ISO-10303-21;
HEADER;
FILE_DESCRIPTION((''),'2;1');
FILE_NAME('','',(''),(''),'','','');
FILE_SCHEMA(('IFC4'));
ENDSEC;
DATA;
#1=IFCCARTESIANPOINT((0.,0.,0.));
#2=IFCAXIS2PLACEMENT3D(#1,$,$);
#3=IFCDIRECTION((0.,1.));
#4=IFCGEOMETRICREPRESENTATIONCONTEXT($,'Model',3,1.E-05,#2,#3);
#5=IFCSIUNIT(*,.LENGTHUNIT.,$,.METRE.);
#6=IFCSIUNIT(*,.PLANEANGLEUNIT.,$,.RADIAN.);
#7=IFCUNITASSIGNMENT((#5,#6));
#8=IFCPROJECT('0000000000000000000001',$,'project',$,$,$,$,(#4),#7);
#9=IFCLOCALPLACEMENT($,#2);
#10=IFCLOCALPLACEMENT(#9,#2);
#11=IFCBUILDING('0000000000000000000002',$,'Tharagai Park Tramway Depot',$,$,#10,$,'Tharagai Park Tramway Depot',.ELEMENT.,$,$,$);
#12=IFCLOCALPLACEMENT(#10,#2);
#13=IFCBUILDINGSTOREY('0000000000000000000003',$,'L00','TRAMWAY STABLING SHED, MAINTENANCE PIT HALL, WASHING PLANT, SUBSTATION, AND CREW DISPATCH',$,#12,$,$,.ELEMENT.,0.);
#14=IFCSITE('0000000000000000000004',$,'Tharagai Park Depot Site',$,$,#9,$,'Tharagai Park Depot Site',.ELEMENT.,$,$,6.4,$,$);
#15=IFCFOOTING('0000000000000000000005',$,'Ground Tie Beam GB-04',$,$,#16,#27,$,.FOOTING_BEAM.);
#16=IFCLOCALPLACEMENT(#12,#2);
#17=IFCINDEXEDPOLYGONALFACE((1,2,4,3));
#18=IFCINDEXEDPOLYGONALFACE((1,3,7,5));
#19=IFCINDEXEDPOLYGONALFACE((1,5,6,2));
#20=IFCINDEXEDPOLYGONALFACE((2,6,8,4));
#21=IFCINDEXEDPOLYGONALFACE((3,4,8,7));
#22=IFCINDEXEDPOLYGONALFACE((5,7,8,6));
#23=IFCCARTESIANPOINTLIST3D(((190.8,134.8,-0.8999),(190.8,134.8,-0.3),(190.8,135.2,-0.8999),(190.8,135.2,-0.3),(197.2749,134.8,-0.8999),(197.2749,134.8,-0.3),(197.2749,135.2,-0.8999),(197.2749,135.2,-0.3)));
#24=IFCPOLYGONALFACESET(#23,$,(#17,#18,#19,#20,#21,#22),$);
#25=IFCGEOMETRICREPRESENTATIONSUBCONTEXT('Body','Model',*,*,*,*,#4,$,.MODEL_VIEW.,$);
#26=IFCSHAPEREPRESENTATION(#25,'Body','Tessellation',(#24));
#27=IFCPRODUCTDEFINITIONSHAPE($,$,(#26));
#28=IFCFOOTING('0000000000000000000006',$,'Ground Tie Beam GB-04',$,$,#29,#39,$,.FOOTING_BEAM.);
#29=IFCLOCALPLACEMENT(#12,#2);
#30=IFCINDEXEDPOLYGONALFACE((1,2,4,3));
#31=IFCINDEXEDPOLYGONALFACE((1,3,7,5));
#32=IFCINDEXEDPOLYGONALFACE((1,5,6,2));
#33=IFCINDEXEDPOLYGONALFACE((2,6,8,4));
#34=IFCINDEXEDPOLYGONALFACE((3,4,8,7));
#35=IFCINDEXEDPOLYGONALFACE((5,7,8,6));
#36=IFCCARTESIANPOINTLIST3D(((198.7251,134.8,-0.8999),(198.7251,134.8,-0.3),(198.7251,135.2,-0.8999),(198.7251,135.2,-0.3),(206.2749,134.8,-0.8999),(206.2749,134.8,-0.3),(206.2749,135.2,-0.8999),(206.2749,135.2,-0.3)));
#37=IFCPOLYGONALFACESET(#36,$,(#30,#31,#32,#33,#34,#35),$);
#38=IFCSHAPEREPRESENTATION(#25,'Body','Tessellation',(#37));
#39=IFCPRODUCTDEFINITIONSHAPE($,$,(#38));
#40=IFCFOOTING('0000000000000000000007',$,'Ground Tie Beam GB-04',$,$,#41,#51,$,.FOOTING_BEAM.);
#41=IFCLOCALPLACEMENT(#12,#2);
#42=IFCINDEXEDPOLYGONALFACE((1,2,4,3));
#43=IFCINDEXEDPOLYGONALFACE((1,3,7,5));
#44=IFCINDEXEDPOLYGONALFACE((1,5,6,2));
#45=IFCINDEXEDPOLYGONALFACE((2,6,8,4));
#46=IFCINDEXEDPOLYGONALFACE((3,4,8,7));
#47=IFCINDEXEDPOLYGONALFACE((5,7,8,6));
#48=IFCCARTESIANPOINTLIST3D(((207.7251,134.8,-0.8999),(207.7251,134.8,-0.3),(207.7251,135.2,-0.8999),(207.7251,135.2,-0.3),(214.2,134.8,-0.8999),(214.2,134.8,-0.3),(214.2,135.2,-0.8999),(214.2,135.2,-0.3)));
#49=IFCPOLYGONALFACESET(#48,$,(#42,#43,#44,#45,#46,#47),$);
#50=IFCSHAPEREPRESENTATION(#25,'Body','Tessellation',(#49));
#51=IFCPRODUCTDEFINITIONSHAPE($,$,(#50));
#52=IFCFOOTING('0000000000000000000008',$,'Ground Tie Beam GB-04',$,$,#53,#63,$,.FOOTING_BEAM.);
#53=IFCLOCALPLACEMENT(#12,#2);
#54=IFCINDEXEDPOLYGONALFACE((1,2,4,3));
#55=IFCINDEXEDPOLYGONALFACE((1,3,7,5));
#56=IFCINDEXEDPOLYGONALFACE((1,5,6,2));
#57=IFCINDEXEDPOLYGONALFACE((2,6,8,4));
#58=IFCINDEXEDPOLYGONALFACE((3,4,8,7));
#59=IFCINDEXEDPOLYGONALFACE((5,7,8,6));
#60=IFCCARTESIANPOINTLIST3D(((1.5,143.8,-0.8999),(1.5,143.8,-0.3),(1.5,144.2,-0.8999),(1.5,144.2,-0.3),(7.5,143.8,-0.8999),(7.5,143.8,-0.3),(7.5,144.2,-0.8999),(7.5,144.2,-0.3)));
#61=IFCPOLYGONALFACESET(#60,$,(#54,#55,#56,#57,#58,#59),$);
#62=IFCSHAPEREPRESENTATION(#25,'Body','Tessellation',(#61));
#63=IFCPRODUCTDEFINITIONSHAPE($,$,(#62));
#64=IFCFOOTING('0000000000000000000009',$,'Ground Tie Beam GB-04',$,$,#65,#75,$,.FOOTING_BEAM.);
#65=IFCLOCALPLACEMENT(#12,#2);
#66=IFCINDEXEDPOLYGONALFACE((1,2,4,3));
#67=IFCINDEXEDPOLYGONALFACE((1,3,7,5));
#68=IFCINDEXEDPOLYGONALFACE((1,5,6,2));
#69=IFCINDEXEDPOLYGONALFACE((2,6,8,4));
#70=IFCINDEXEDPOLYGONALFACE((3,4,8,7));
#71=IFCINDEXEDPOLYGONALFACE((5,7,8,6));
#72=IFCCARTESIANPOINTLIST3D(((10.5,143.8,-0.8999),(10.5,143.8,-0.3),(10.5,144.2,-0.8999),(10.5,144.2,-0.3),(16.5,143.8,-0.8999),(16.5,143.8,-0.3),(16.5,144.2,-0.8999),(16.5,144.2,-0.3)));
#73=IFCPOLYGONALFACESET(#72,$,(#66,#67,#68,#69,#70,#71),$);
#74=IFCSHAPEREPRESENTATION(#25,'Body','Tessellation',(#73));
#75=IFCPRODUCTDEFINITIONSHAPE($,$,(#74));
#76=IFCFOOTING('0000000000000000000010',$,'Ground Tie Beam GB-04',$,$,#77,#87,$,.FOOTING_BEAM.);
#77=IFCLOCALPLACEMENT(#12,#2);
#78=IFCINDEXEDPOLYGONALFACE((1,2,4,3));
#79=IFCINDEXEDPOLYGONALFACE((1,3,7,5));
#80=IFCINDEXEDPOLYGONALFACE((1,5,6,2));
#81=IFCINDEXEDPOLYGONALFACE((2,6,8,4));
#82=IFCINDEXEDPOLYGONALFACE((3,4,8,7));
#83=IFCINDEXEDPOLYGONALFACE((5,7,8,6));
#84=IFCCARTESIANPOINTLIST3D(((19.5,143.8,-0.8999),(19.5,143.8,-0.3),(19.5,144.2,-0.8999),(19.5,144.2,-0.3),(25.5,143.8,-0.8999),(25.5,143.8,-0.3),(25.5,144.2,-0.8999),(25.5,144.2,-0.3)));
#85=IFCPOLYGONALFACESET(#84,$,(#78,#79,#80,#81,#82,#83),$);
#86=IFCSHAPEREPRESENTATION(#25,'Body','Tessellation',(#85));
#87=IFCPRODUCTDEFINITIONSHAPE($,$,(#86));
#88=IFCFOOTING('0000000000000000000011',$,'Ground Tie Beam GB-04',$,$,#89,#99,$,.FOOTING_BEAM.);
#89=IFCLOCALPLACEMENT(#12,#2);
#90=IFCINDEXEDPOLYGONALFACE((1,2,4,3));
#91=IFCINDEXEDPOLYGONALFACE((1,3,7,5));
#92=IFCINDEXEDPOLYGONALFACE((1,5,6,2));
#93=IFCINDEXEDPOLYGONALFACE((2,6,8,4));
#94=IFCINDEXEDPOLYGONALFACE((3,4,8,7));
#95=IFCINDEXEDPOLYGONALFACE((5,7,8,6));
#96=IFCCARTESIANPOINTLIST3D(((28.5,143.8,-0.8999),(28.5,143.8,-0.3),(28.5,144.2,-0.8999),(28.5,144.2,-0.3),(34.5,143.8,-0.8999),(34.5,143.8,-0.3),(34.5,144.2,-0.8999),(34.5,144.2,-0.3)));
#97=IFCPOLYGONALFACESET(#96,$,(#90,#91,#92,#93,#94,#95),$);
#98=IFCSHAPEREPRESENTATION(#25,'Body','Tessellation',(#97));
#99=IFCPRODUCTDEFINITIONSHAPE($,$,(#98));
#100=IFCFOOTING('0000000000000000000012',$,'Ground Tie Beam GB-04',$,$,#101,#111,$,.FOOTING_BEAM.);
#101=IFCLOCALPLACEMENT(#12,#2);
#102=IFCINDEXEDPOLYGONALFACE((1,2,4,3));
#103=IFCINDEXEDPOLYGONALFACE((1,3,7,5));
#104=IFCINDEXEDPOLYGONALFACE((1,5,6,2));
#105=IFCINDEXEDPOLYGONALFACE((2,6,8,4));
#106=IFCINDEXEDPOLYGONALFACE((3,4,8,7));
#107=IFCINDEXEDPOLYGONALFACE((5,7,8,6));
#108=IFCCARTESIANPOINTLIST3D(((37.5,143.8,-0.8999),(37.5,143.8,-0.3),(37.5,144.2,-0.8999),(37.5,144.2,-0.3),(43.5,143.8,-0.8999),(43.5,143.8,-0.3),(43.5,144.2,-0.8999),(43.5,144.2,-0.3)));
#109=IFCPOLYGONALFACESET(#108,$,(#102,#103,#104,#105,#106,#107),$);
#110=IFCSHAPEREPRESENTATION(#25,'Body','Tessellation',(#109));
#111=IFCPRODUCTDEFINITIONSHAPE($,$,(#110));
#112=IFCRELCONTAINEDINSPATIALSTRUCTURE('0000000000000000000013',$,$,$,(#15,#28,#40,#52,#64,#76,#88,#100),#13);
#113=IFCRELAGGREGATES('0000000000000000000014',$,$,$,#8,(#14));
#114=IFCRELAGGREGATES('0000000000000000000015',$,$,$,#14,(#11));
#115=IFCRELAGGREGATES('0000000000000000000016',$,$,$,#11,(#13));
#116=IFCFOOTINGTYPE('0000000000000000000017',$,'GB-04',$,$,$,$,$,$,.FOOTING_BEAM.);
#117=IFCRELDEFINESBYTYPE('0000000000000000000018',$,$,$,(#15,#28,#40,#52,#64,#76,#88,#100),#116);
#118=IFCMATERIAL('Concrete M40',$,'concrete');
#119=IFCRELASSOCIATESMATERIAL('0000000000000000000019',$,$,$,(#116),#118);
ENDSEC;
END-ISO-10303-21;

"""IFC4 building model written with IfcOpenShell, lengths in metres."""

from ifc_helpers import new_model, si_unit, direction, frame, origin, place, context, subcontext, project, spatial, polyline, outline, extrude, material, type_object, element, save


model = new_model("IFC4")

# Units and contexts
model_context = context("Model", 3, precision=1e-05, world=origin(), true_north=direction((0.0, 1.0)))
body_context = subcontext(model_context, "Body", "Model", "MODEL_VIEW")
ifc_project = project(units=[si_unit("LENGTHUNIT", "METRE"), si_unit("PLANEANGLEUNIT", "RADIAN")], contexts=[model_context])

# Site, building, storey
site_placement = place(None, origin())
site = spatial("IfcSite", under=ifc_project, at=site_placement, Name="Tharagai Park Depot Site", LongName="Tharagai Park Depot Site", CompositionType="ELEMENT", RefElevation=6.4)
building_placement = place(site_placement, origin())
building = spatial("IfcBuilding", under=site, at=building_placement, Name="Tharagai Park Tramway Depot", LongName="Tharagai Park Tramway Depot", CompositionType="ELEMENT")
storey_placement = place(building_placement, origin())
storey = spatial("IfcBuildingStorey", under=building, at=storey_placement, Name="L00", Description="TRAMWAY STABLING SHED, MAINTENANCE PIT HALL, WASHING PLANT, SUBSTATION, AND CREW DISPATCH", CompositionType="ELEMENT", Elevation=0.0)

# Footings
ifc_material = material(Name="Concrete M40", Category="concrete")
footing_type_1 = type_object("IfcFootingType", Name="GB-04", PredefinedType="FOOTING_BEAM", material=ifc_material)
footing_1_placement = place(storey_placement, frame((0.0, 0.0, -0.8999)))
element("IfcFooting", 1, at=footing_1_placement, inside=storey, type_object=footing_type_1, Name="Ground Tie Beam GB-04", PredefinedType="FOOTING_BEAM", context=body_context, shape_type="SweptSolid", body=[
    extrude(outline(polyline([(190.8, 134.8), (197.2749, 134.8), (197.2749, 135.2), (190.8, 135.2), (190.8, 134.8)])), origin(), (0.0, 0.0, 1.0), 0.5999),
])
footing_2_placement = place(storey_placement, frame((0.0, 0.0, -0.8999)))
element("IfcFooting", 2, at=footing_2_placement, inside=storey, type_object=footing_type_1, Name="Ground Tie Beam GB-04", PredefinedType="FOOTING_BEAM", context=body_context, shape_type="SweptSolid", body=[
    extrude(outline(polyline([(198.7251, 134.8), (206.2749, 134.8), (206.2749, 135.2), (198.7251, 135.2), (198.7251, 134.8)])), origin(), (0.0, 0.0, 1.0), 0.5999),
])
footing_3_placement = place(storey_placement, frame((0.0, 0.0, -0.8999)))
element("IfcFooting", 3, at=footing_3_placement, inside=storey, type_object=footing_type_1, Name="Ground Tie Beam GB-04", PredefinedType="FOOTING_BEAM", context=body_context, shape_type="SweptSolid", body=[
    extrude(outline(polyline([(207.7251, 134.8), (214.2, 134.8), (214.2, 135.2), (207.7251, 135.2), (207.7251, 134.8)])), origin(), (0.0, 0.0, 1.0), 0.5999),
])
footing_4_placement = place(storey_placement, frame((0.0, 0.0, -0.8999)))
element("IfcFooting", 4, at=footing_4_placement, inside=storey, type_object=footing_type_1, Name="Ground Tie Beam GB-04", PredefinedType="FOOTING_BEAM", context=body_context, shape_type="SweptSolid", body=[
    extrude(outline(polyline([(1.5, 143.8), (7.5, 143.8), (7.5, 144.2), (1.5, 144.2), (1.5, 143.8)])), origin(), (0.0, 0.0, 1.0), 0.5999),
])
footing_5_placement = place(storey_placement, frame((0.0, 0.0, -0.8999)))
element("IfcFooting", 5, at=footing_5_placement, inside=storey, type_object=footing_type_1, Name="Ground Tie Beam GB-04", PredefinedType="FOOTING_BEAM", context=body_context, shape_type="SweptSolid", body=[
    extrude(outline(polyline([(10.5, 143.8), (16.5, 143.8), (16.5, 144.2), (10.5, 144.2), (10.5, 143.8)])), origin(), (0.0, 0.0, 1.0), 0.5999),
])
footing_6_placement = place(storey_placement, frame((0.0, 0.0, -0.8999)))
element("IfcFooting", 6, at=footing_6_placement, inside=storey, type_object=footing_type_1, Name="Ground Tie Beam GB-04", PredefinedType="FOOTING_BEAM", context=body_context, shape_type="SweptSolid", body=[
    extrude(outline(polyline([(19.5, 143.8), (25.5, 143.8), (25.5, 144.2), (19.5, 144.2), (19.5, 143.8)])), origin(), (0.0, 0.0, 1.0), 0.5999),
])
footing_7_placement = place(storey_placement, frame((0.0, 0.0, -0.8999)))
element("IfcFooting", 7, at=footing_7_placement, inside=storey, type_object=footing_type_1, Name="Ground Tie Beam GB-04", PredefinedType="FOOTING_BEAM", context=body_context, shape_type="SweptSolid", body=[
    extrude(outline(polyline([(28.5, 143.8), (34.5, 143.8), (34.5, 144.2), (28.5, 144.2), (28.5, 143.8)])), origin(), (0.0, 0.0, 1.0), 0.5999),
])
footing_8_placement = place(storey_placement, frame((0.0, 0.0, -0.8999)))
element("IfcFooting", 8, at=footing_8_placement, inside=storey, type_object=footing_type_1, Name="Ground Tie Beam GB-04", PredefinedType="FOOTING_BEAM", context=body_context, shape_type="SweptSolid", body=[
    extrude(outline(polyline([(37.5, 143.8), (43.5, 143.8), (43.5, 144.2), (37.5, 144.2), (37.5, 143.8)])), origin(), (0.0, 0.0, 1.0), 0.5999),
])

save(model, "model.ifc")
